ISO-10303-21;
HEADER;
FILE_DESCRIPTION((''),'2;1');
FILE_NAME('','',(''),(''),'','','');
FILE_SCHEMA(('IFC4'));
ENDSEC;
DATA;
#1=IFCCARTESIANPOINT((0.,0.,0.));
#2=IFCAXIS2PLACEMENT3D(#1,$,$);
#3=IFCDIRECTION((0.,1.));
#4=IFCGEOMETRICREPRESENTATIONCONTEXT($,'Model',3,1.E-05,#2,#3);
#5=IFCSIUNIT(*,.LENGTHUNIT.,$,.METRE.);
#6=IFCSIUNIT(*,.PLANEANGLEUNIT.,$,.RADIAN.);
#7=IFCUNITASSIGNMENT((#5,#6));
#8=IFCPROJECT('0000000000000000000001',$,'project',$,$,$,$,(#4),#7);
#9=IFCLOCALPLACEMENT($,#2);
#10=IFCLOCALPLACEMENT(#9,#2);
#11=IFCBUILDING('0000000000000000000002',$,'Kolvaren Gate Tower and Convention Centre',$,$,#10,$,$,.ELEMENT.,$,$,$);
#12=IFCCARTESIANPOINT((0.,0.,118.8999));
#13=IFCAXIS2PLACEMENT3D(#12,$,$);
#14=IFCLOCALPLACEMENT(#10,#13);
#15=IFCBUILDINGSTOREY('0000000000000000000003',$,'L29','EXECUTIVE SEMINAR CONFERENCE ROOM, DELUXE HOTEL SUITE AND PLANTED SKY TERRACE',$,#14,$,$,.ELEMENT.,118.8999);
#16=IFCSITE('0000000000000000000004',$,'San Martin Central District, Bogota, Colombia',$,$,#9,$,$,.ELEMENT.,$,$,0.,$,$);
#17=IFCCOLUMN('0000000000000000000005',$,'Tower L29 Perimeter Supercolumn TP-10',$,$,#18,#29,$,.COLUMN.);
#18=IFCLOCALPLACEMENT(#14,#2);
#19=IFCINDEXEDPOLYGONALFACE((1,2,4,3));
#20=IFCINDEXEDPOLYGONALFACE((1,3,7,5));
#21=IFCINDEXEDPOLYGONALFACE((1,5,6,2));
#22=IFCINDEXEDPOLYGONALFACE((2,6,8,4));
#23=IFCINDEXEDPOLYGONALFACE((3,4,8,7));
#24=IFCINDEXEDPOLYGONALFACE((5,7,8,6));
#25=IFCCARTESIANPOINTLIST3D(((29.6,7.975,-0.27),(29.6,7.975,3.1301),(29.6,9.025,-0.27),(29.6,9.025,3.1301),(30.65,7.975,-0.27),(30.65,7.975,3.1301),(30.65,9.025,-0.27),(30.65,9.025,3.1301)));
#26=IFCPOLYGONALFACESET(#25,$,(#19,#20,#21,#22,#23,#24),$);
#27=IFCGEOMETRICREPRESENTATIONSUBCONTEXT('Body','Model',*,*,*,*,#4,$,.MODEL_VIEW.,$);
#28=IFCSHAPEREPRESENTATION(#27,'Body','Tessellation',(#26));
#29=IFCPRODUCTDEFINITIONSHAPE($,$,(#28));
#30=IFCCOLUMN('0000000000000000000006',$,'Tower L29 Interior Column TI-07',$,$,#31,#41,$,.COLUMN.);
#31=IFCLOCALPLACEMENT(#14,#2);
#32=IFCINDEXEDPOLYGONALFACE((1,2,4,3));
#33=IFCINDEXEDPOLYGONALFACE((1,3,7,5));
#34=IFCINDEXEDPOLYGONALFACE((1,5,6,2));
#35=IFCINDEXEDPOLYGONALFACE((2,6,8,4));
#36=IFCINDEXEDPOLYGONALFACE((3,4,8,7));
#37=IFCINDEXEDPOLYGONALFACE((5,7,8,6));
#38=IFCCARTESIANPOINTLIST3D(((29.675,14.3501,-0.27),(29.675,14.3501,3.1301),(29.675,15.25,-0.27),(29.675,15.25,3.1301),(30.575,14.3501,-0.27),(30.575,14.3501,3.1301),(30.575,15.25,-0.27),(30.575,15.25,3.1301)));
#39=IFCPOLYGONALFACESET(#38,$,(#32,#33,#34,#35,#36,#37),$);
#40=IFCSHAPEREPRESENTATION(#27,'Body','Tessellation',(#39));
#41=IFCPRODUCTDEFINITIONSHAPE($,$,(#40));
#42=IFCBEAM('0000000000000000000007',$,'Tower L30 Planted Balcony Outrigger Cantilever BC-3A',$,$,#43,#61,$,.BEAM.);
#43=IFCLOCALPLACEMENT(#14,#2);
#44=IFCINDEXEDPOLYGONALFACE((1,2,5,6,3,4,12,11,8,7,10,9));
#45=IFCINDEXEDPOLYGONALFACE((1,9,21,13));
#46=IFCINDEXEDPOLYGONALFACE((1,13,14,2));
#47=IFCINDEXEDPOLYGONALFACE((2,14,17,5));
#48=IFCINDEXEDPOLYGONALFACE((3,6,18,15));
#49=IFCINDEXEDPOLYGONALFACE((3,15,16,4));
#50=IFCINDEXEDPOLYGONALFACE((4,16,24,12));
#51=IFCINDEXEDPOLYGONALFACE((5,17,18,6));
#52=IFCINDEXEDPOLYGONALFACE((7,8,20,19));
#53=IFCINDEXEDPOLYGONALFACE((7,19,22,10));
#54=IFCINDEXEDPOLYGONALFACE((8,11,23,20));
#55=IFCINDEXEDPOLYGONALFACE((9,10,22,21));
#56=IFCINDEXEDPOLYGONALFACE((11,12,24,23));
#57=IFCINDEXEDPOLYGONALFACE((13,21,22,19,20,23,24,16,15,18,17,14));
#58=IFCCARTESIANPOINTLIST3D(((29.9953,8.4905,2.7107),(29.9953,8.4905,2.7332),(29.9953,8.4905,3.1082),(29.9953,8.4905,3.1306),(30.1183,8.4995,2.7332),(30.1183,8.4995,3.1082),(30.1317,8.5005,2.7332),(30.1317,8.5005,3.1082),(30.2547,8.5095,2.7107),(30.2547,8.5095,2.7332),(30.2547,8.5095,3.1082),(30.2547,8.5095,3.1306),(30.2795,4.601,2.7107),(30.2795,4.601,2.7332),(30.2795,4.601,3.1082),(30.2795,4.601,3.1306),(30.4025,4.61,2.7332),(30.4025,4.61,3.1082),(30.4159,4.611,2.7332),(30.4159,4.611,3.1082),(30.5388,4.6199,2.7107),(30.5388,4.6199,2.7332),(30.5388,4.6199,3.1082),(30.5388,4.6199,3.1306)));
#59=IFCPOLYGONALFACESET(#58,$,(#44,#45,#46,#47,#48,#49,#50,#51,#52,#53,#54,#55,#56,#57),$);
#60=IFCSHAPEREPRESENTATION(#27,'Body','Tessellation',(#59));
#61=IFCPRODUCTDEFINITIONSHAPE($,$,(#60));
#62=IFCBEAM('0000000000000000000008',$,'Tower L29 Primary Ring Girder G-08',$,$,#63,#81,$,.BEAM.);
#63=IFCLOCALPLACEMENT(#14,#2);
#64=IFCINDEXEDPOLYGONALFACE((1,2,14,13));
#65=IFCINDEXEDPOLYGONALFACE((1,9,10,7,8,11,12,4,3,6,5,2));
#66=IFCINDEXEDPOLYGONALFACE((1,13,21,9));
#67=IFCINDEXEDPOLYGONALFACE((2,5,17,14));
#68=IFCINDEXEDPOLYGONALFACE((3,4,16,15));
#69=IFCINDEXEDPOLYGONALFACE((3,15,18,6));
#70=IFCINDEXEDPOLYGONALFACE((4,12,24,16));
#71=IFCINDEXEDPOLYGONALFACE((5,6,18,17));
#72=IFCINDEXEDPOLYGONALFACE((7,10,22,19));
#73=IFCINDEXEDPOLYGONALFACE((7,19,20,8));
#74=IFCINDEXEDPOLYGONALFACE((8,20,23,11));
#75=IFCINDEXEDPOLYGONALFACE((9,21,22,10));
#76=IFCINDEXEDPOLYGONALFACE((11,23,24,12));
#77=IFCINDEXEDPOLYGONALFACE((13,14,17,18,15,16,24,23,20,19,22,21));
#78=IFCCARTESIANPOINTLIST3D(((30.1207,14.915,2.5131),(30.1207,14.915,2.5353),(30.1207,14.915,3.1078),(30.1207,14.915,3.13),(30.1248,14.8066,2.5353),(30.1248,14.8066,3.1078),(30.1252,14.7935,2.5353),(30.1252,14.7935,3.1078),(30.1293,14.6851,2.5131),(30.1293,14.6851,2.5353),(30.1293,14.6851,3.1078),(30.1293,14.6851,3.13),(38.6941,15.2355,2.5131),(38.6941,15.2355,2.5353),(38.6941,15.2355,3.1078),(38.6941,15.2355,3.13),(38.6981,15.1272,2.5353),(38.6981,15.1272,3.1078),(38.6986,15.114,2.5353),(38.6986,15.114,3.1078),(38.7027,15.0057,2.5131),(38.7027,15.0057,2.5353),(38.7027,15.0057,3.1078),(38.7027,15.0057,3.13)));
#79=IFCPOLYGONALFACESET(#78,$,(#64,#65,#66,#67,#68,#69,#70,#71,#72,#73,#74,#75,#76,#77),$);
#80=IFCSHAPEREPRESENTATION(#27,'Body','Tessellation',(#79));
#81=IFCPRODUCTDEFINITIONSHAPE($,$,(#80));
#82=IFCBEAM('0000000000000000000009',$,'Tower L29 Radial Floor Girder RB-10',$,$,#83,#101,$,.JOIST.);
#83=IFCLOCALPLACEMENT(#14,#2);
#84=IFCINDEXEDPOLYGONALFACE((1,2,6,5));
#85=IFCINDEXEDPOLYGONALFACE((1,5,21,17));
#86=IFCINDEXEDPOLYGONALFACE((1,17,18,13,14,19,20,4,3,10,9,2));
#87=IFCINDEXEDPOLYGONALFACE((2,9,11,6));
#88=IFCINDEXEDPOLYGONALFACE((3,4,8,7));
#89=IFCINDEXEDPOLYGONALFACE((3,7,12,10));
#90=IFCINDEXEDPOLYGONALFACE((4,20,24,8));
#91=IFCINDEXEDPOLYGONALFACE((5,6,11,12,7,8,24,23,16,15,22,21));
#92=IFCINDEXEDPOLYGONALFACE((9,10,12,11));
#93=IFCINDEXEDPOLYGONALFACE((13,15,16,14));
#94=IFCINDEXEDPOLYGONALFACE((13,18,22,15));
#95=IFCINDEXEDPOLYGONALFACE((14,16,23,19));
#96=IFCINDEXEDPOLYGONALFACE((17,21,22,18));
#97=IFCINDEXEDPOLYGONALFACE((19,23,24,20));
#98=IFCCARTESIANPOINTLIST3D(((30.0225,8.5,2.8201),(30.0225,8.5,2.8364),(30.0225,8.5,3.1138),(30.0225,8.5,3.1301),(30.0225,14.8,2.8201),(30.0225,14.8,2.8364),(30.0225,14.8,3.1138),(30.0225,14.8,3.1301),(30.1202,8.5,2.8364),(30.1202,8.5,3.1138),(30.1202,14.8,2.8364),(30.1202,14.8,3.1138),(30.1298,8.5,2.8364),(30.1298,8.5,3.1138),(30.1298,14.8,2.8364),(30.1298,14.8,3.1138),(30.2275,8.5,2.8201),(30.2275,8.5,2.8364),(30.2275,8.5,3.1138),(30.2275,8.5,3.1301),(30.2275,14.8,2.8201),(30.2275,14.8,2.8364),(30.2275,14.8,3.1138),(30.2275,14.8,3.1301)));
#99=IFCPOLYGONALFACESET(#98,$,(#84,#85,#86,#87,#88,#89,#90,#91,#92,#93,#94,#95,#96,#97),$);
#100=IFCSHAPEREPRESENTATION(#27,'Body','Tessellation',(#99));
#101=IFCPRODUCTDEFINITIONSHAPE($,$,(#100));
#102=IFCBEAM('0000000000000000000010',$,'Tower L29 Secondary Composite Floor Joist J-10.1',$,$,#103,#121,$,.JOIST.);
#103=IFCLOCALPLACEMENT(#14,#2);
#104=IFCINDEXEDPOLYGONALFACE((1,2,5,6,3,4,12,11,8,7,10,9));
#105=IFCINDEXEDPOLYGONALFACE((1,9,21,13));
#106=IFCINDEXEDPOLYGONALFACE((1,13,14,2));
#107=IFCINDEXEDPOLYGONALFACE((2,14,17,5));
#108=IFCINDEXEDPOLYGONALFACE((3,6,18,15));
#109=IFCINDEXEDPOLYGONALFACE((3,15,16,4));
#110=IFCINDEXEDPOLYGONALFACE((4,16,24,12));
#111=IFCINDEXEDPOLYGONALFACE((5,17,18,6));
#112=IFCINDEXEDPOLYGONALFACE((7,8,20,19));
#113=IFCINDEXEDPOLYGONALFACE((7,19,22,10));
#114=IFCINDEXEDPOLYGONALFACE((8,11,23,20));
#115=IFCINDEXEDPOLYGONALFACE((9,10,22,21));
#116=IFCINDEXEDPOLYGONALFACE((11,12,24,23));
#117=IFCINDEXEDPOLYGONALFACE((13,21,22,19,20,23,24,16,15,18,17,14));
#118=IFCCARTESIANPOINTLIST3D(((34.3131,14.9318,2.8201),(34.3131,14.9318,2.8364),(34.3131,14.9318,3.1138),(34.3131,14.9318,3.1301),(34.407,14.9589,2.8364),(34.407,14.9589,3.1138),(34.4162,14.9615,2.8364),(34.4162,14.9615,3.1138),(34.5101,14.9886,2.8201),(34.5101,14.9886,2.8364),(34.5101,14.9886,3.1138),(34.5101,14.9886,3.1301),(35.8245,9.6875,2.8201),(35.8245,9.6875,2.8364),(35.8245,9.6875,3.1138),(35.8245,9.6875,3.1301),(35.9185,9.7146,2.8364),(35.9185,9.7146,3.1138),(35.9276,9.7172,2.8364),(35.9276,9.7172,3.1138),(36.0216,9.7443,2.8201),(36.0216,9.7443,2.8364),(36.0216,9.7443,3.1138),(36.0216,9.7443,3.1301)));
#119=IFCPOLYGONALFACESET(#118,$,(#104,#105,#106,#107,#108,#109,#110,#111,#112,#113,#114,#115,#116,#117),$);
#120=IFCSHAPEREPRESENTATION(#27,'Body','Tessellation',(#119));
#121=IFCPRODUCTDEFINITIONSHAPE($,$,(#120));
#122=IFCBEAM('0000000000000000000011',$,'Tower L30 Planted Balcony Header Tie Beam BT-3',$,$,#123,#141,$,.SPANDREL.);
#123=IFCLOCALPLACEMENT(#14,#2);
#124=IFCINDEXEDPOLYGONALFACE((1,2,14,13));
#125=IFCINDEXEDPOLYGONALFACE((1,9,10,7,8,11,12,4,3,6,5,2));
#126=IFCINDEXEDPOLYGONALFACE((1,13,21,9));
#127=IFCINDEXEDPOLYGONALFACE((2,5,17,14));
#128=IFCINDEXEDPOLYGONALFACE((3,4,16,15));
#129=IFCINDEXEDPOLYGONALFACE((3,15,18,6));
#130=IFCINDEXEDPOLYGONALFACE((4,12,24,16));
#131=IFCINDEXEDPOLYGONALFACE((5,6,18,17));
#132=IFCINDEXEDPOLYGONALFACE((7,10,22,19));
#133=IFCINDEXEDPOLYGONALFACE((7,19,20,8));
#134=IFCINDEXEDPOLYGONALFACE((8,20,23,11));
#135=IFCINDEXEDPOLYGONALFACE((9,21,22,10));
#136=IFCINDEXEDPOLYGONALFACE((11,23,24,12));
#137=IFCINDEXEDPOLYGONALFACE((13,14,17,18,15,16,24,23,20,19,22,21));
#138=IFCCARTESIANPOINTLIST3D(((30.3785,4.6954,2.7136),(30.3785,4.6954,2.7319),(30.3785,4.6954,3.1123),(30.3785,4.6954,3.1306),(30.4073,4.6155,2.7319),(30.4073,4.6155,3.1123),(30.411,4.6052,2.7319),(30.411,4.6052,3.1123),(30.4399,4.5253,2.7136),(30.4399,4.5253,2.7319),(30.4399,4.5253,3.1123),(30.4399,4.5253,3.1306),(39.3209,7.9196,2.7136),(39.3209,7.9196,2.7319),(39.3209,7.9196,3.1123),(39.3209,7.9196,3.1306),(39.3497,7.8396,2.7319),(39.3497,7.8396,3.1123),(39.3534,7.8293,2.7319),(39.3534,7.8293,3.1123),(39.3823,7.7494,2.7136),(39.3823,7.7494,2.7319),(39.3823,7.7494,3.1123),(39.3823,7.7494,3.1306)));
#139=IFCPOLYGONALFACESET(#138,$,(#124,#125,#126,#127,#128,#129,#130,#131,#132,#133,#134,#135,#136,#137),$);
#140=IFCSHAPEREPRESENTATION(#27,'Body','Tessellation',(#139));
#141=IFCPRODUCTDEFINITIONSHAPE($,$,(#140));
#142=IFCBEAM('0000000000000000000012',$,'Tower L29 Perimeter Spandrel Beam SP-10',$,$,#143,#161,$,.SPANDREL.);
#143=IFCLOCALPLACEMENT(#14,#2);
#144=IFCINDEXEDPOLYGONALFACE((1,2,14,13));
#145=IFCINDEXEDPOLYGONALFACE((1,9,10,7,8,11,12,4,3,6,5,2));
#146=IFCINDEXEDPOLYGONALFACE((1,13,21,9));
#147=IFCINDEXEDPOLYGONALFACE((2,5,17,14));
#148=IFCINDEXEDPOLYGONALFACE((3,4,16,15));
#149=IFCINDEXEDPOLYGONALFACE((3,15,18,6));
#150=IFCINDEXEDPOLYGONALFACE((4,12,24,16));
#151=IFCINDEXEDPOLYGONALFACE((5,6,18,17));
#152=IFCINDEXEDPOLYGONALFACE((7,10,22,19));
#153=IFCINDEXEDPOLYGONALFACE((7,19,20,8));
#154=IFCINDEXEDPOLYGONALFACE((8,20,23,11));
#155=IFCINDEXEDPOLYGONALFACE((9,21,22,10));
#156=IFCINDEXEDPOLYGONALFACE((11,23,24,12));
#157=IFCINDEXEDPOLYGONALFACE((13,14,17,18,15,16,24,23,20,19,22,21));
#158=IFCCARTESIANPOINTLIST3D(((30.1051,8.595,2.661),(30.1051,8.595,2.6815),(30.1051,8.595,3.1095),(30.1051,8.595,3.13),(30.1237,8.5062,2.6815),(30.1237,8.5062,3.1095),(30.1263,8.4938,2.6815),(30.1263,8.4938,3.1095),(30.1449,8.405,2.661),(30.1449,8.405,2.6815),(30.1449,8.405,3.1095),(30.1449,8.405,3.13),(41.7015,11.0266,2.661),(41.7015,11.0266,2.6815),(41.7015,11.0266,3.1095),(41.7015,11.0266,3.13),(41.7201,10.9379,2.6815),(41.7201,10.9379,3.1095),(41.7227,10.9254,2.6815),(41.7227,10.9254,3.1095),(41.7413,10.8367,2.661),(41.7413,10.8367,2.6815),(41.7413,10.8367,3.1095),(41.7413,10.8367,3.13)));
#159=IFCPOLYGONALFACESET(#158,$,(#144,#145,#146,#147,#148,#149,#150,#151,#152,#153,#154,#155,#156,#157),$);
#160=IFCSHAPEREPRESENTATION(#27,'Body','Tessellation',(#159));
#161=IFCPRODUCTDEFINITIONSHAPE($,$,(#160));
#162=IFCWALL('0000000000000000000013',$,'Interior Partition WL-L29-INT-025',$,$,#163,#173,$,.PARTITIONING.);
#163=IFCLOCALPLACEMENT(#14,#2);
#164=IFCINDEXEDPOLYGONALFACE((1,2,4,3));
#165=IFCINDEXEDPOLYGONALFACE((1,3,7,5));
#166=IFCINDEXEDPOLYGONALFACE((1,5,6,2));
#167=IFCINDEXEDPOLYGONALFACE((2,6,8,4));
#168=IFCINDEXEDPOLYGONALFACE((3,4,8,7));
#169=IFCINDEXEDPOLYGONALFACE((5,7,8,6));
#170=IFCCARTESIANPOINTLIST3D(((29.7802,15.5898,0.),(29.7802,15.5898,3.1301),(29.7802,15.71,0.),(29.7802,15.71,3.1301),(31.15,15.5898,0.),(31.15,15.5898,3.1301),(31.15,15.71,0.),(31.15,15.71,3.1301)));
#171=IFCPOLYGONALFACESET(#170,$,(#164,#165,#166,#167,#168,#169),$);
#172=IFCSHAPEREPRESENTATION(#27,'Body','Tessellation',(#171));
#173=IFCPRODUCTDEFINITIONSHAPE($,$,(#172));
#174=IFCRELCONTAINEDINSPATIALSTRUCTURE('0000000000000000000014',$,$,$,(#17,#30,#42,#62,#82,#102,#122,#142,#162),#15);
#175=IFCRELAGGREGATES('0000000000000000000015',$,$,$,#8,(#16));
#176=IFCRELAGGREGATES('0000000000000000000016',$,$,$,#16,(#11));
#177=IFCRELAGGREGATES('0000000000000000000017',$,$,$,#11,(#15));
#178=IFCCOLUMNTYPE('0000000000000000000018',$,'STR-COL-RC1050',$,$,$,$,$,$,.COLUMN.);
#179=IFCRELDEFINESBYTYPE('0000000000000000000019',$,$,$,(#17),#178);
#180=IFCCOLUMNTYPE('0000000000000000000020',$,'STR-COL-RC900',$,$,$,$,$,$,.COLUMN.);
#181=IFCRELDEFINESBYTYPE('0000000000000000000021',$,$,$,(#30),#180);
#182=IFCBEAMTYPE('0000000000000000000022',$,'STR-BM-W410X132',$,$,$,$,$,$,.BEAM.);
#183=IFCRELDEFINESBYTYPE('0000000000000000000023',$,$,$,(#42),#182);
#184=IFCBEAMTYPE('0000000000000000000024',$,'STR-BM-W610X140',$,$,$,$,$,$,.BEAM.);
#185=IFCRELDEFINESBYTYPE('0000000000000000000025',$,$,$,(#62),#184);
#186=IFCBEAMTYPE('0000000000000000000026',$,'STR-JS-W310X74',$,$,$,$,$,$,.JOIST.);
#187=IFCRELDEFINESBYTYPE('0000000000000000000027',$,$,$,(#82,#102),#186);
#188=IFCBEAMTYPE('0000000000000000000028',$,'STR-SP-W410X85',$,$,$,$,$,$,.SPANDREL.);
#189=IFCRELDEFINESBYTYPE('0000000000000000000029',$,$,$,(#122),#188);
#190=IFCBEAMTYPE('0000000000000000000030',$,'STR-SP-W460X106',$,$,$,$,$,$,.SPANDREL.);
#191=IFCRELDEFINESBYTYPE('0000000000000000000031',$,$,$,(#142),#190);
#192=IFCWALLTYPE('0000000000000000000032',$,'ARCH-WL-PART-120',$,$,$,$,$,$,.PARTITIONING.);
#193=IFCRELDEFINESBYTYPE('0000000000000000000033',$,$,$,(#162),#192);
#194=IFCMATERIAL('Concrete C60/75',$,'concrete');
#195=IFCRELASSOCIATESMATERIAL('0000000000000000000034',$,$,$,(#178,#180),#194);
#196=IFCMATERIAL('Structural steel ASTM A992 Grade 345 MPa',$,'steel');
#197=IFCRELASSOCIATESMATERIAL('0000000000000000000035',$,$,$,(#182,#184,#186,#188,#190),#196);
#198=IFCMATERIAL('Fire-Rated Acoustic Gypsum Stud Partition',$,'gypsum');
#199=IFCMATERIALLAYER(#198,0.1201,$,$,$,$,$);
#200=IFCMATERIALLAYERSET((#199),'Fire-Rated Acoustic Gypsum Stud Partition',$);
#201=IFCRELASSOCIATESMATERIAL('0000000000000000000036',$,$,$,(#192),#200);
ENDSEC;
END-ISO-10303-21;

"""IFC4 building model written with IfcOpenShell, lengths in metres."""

from ifc_helpers import new_model, si_unit, direction, frame, frame_2d, origin, origin_2d, place, context, subcontext, project, spatial, rectangle, i_section, extrude, material, layer, layer_set, material_profile, profile_set, type_object, element, save


model = new_model("IFC4")

# Units and contexts
model_context = context("Model", 3, precision=1e-05, world=origin(), true_north=direction((0.0, 1.0)))
body_context = subcontext(model_context, "Body", "Model", "MODEL_VIEW")
ifc_project = project(units=[si_unit("LENGTHUNIT", "METRE"), si_unit("PLANEANGLEUNIT", "RADIAN")], contexts=[model_context])

# Site, building, storey
site_placement = place(None, origin())
site = spatial("IfcSite", under=ifc_project, at=site_placement, Name="San Martin Central District, Bogota, Colombia", CompositionType="ELEMENT", RefElevation=0.0)
building_placement = place(site_placement, origin())
building = spatial("IfcBuilding", under=site, at=building_placement, Name="Kolvaren Gate Tower and Convention Centre", CompositionType="ELEMENT")
storey_placement = place(building_placement, frame((0.0, 0.0, 118.8999)))
storey = spatial("IfcBuildingStorey", under=building, at=storey_placement, Name="L29", Description="EXECUTIVE SEMINAR CONFERENCE ROOM, DELUXE HOTEL SUITE AND PLANTED SKY TERRACE", CompositionType="ELEMENT", Elevation=118.8999)

# Columns
ifc_material_1 = material(Name="Concrete C60/75", Category="concrete")
ifc_material_profile_1 = material_profile(ifc_material_1, rectangle(XDim=1.05, YDim=1.05, at=origin_2d()), Name="RC-COL-1050X1050")
ifc_profile_set_1 = profile_set([ifc_material_profile_1], Name="Concrete C60/75")
column_type_1 = type_object("IfcColumnType", Name="STR-COL-RC1050", PredefinedType="COLUMN", material=ifc_profile_set_1)
column_1_placement = place(storey_placement, frame((30.125, 8.5, -0.27), z_axis=(0.0, 0.0, 1.0), x_axis=(1.0, 0.0, 0.0)))
element("IfcColumn", 1, at=column_1_placement, inside=storey, type_object=column_type_1, Name="Tower L29 Perimeter Supercolumn TP-10", PredefinedType="COLUMN", context=body_context, shape_type="SweptSolid", body=[
    extrude(rectangle(XDim=1.05, YDim=1.05, at=origin_2d()), origin(), (0.0, 0.0, 1.0), 3.4001),
])
ifc_material_profile_2 = material_profile(ifc_material_1, rectangle(XDim=0.8999, YDim=0.8999, at=origin_2d()), Name="RC-COL-900X900")
ifc_profile_set_2 = profile_set([ifc_material_profile_2], Name="Concrete C60/75")
column_type_2 = type_object("IfcColumnType", Name="STR-COL-RC900", PredefinedType="COLUMN", material=ifc_profile_set_2)
column_2_placement = place(storey_placement, frame((30.125, 14.8, -0.27), z_axis=(0.0, 0.0, 1.0), x_axis=(1.0, 0.0, 0.0)))
element("IfcColumn", 2, at=column_2_placement, inside=storey, type_object=column_type_2, Name="Tower L29 Interior Column TI-07", PredefinedType="COLUMN", context=body_context, shape_type="SweptSolid", body=[
    extrude(rectangle(XDim=0.8999, YDim=0.8999, at=origin_2d()), origin(), (0.0, 0.0, 1.0), 3.4001),
])

# Beams
ifc_material_2 = material(Name="Structural steel ASTM A992 Grade 345 MPa", Category="steel")
ifc_material_profile_3 = material_profile(ifc_material_2, i_section(OverallWidth=0.26, OverallDepth=0.4199, WebThickness=0.0134, FlangeThickness=0.0225, at=origin_2d()), Name="W410X132")
ifc_profile_set_3 = profile_set([ifc_material_profile_3], Name="Structural steel ASTM A992 Grade 345 MPa")
beam_type_1 = type_object("IfcBeamType", Name="STR-BM-W410X132", PredefinedType="BEAM", material=ifc_profile_set_3)
beam_1_placement = place(storey_placement, frame((30.125, 8.5, 2.9207), z_axis=(0.072866, -0.997342, 0.0), x_axis=(0.997342, 0.072866, 0.0)))
element("IfcBeam", 3, at=beam_1_placement, inside=storey, type_object=beam_type_1, Name="Tower L30 Planted Balcony Outrigger Cantilever BC-3A", PredefinedType="BEAM", context=body_context, shape_type="SweptSolid", body=[
    extrude(i_section(OverallWidth=0.26, OverallDepth=0.4199, WebThickness=0.0134, FlangeThickness=0.0225, at=origin_2d()), origin(), (0.0, 0.0, 1.0), 3.8999),
])
ifc_material_profile_4 = material_profile(ifc_material_2, i_section(OverallWidth=0.23, OverallDepth=0.6169, WebThickness=0.0132, FlangeThickness=0.0222, at=origin_2d()), Name="W610X140")
ifc_profile_set_4 = profile_set([ifc_material_profile_4], Name="Structural steel ASTM A992 Grade 345 MPa")
beam_type_2 = type_object("IfcBeamType", Name="STR-BM-W610X140", PredefinedType="BEAM", material=ifc_profile_set_4)
beam_2_placement = place(storey_placement, frame((30.125, 14.8, 2.8215), z_axis=(0.999302, 0.037364, 0.0), x_axis=(-0.037364, 0.999302, 0.0)))
element("IfcBeam", 4, at=beam_2_placement, inside=storey, type_object=beam_type_2, Name="Tower L29 Primary Ring Girder G-08", PredefinedType="BEAM", context=body_context, shape_type="SweptSolid", body=[
    extrude(i_section(OverallWidth=0.23, OverallDepth=0.6169, WebThickness=0.0132, FlangeThickness=0.0222, at=origin_2d()), origin(), (0.0, 0.0, 1.0), 8.5793),
])
ifc_material_profile_5 = material_profile(ifc_material_2, i_section(OverallWidth=0.2051, OverallDepth=0.3101, WebThickness=0.0095, FlangeThickness=0.0164, at=origin_2d()), Name="W310X74")
ifc_profile_set_5 = profile_set([ifc_material_profile_5], Name="Structural steel ASTM A992 Grade 345 MPa")
beam_type_3 = type_object("IfcBeamType", Name="STR-JS-W310X74", PredefinedType="JOIST", material=ifc_profile_set_5)
beam_3_placement = place(storey_placement, frame((30.125, 14.8, 2.9751), z_axis=(0.0, -1.0, 0.0), x_axis=(1.0, 0.0, 0.0)))
element("IfcBeam", 5, at=beam_3_placement, inside=storey, type_object=beam_type_3, Name="Tower L29 Radial Floor Girder RB-10", PredefinedType="JOIST", context=body_context, shape_type="SweptSolid", body=[
    extrude(i_section(OverallWidth=0.2051, OverallDepth=0.3101, WebThickness=0.0095, FlangeThickness=0.0164, at=origin_2d()), origin(), (0.0, 0.0, 1.0), 6.3),
])
beam_4_placement = place(storey_placement, frame((34.4116, 14.9602, 2.9751), z_axis=(0.276936, -0.960888, 0.0), x_axis=(0.960888, 0.276936, 0.0)))
element("IfcBeam", 6, at=beam_4_placement, inside=storey, type_object=beam_type_3, Name="Tower L29 Secondary Composite Floor Joist J-10.1", PredefinedType="JOIST", context=body_context, shape_type="SweptSolid", body=[
    extrude(i_section(OverallWidth=0.2051, OverallDepth=0.3101, WebThickness=0.0095, FlangeThickness=0.0164, at=origin_2d()), origin(), (0.0, 0.0, 1.0), 5.4578),
])
ifc_material_profile_6 = material_profile(ifc_material_2, i_section(OverallWidth=0.1809, OverallDepth=0.417, WebThickness=0.011, FlangeThickness=0.0183, at=origin_2d()), Name="W410X85")
ifc_profile_set_6 = profile_set([ifc_material_profile_6], Name="Structural steel ASTM A992 Grade 345 MPa")
beam_type_4 = type_object("IfcBeamType", Name="STR-SP-W410X85", PredefinedType="SPANDREL", material=ifc_profile_set_6)
beam_5_placement = place(storey_placement, frame((30.4092, 4.6104, 2.9221), z_axis=(0.940724, 0.339172, 0.0), x_axis=(-0.339172, 0.940724, 0.0)))
element("IfcBeam", 7, at=beam_5_placement, inside=storey, type_object=beam_type_4, Name="Tower L30 Planted Balcony Header Tie Beam BT-3", PredefinedType="SPANDREL", context=body_context, shape_type="SweptSolid", body=[
    extrude(i_section(OverallWidth=0.1809, OverallDepth=0.417, WebThickness=0.011, FlangeThickness=0.0183, at=origin_2d()), origin(), (0.0, 0.0, 1.0), 9.5059),
])
ifc_material_profile_7 = material_profile(ifc_material_2, i_section(OverallWidth=0.1941, OverallDepth=0.469, WebThickness=0.0127, FlangeThickness=0.0205, at=origin_2d()), Name="W460X106")
ifc_profile_set_7 = profile_set([ifc_material_profile_7], Name="Structural steel ASTM A992 Grade 345 MPa")
beam_type_5 = type_object("IfcBeamType", Name="STR-SP-W460X106", PredefinedType="SPANDREL", material=ifc_profile_set_7)
beam_6_placement = place(storey_placement, frame((30.125, 8.5, 2.8955), z_axis=(0.978715, 0.205225, 0.0), x_axis=(-0.205225, 0.978715, 0.0)))
element("IfcBeam", 8, at=beam_6_placement, inside=storey, type_object=beam_type_5, Name="Tower L29 Perimeter Spandrel Beam SP-10", PredefinedType="SPANDREL", context=body_context, shape_type="SweptSolid", body=[
    extrude(i_section(OverallWidth=0.1941, OverallDepth=0.469, WebThickness=0.0127, FlangeThickness=0.0205, at=origin_2d()), origin(), (0.0, 0.0, 1.0), 11.8486),
])

# Wall
ifc_material_3 = material(Name="Fire-Rated Acoustic Gypsum Stud Partition", Category="gypsum")
ifc_layer_1 = layer(ifc_material_3, 0.1201)
ifc_layer_set_1 = layer_set([ifc_layer_1], Name="Fire-Rated Acoustic Gypsum Stud Partition")
wall_type_1 = type_object("IfcWallType", Name="ARCH-WL-PART-120", PredefinedType="PARTITIONING", material=ifc_layer_set_1)
wall_1_placement = place(storey_placement, frame((29.78, 15.6499, 0.0), z_axis=(0.0, 0.0, 1.0), x_axis=(1.0, 0.0, 0.0)))
element("IfcWall", 9, at=wall_1_placement, inside=storey, type_object=wall_type_1, Name="Interior Partition WL-L29-INT-025", PredefinedType="PARTITIONING", context=body_context, shape_type="SweptSolid", body=[
    extrude(rectangle(XDim=1.3699, YDim=0.1201, at=frame_2d((0.6851, 0.0))), origin(), (0.0, 0.0, 1.0), 3.1301),
])

save(model, "model.ifc")
